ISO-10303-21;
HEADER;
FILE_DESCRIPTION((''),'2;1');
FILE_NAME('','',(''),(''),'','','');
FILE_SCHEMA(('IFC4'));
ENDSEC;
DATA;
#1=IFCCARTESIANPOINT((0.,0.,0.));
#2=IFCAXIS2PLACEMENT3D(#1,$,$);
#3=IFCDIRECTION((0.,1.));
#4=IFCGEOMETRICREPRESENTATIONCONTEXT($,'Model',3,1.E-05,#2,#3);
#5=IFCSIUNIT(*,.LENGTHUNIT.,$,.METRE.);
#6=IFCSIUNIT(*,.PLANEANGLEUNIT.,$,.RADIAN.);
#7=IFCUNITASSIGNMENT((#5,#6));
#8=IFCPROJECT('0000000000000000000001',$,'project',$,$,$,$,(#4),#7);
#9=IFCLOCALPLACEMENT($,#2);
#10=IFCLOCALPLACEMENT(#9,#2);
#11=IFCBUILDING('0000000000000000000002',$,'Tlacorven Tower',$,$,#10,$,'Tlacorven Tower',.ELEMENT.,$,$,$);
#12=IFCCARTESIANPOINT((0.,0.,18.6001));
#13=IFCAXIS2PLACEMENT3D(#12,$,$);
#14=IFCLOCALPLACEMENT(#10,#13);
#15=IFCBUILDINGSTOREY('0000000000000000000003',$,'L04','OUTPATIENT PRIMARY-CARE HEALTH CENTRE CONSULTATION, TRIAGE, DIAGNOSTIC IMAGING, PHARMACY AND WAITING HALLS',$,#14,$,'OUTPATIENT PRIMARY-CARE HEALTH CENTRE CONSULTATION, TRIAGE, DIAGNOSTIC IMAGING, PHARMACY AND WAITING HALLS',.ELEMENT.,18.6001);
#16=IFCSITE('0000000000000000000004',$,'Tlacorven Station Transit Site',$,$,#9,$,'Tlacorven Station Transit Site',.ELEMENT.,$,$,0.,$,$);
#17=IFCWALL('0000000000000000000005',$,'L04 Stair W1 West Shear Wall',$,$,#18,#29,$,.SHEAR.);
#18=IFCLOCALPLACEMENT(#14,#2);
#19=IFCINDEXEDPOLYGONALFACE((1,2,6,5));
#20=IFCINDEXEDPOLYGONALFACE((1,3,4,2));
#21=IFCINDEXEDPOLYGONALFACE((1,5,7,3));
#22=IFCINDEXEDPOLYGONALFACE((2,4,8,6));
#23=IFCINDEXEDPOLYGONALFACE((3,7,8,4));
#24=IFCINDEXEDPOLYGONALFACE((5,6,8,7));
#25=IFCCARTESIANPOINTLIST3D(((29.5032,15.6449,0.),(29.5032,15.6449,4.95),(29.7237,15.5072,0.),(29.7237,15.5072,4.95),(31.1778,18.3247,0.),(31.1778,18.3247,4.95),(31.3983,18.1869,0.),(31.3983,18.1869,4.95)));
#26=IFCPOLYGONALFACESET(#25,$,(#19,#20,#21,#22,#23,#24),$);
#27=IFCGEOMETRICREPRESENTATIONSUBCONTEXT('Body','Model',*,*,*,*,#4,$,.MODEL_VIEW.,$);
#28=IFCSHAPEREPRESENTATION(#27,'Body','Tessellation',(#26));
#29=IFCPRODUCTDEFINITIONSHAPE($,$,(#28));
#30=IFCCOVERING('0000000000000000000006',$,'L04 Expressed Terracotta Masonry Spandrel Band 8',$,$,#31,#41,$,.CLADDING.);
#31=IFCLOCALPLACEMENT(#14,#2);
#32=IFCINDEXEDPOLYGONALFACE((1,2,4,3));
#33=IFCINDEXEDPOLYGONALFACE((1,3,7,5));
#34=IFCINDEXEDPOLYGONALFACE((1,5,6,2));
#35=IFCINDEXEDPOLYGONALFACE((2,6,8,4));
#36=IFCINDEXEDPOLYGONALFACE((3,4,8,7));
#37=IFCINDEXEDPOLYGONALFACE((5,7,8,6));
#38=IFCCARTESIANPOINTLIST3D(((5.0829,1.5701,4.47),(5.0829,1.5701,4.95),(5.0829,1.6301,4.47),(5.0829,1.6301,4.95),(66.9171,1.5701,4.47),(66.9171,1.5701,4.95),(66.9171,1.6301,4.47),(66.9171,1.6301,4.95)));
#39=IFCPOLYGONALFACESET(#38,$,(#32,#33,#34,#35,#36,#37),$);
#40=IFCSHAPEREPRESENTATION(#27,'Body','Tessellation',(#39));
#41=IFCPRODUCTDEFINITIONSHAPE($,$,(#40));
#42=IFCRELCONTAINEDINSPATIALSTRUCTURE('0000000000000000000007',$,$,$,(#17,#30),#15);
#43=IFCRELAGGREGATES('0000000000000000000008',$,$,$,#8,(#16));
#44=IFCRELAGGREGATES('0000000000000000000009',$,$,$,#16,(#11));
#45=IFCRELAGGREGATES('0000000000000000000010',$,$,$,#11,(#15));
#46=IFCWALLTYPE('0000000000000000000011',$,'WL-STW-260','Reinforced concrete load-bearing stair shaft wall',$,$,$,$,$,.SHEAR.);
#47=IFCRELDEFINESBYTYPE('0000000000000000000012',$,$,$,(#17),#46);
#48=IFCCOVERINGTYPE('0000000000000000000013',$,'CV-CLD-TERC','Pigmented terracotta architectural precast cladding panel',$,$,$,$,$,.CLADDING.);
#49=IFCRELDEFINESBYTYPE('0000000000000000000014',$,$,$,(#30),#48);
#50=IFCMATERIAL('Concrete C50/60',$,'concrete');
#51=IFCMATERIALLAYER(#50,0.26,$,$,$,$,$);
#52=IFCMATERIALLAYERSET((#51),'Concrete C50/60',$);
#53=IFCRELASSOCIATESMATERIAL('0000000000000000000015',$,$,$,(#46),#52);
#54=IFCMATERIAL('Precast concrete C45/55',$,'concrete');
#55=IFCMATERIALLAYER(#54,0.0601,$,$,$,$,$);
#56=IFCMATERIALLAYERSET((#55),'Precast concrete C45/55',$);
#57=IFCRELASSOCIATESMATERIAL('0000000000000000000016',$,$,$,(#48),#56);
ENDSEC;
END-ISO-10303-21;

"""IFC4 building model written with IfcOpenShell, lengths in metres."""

from ifc_helpers import new_model, si_unit, direction, frame, frame_2d, origin, origin_2d, place, context, subcontext, project, spatial, rectangle, extrude, source, transform, mapped, material, layer, layer_set, type_object, element, save


model = new_model("IFC4")

# Units and contexts
model_context = context("Model", 3, precision=1e-05, world=origin(), true_north=direction((0.0, 1.0)))
body_context = subcontext(model_context, "Body", "Model", "MODEL_VIEW")
ifc_project = project(units=[si_unit("LENGTHUNIT", "METRE"), si_unit("PLANEANGLEUNIT", "RADIAN")], contexts=[model_context])

# Site, building, storey
site_placement = place(None, origin())
site = spatial("IfcSite", under=ifc_project, at=site_placement, Name="Tlacorven Station Transit Site", LongName="Tlacorven Station Transit Site", CompositionType="ELEMENT", RefElevation=0.0)
building_placement = place(site_placement, origin())
building = spatial("IfcBuilding", under=site, at=building_placement, Name="Tlacorven Tower", LongName="Tlacorven Tower", CompositionType="ELEMENT")
storey_placement = place(building_placement, frame((0.0, 0.0, 18.6001)))
storey = spatial("IfcBuildingStorey", under=building, at=storey_placement, Name="L04", Description="OUTPATIENT PRIMARY-CARE HEALTH CENTRE CONSULTATION, TRIAGE, DIAGNOSTIC IMAGING, PHARMACY AND WAITING HALLS", LongName="OUTPATIENT PRIMARY-CARE HEALTH CENTRE CONSULTATION, TRIAGE, DIAGNOSTIC IMAGING, PHARMACY AND WAITING HALLS", CompositionType="ELEMENT", Elevation=18.6001)

# Shared definitions
ifc_material_1 = material(Name="Concrete C50/60", Category="concrete")
ifc_layer_1 = layer(ifc_material_1, 0.26)
ifc_layer_set_1 = layer_set([ifc_layer_1], Name="Concrete C50/60")
wall_type_1 = type_object("IfcWallType", Name="WL-STW-260", Description="Reinforced concrete load-bearing stair shaft wall", PredefinedType="SHEAR", material=ifc_layer_set_1)

# Wall
wall_1_placement = place(storey_placement, frame((31.2881, 18.2559, 0.0), z_axis=(0.0, 0.0, 1.0), x_axis=(-0.529943, -0.848033, 0.0)))
element("IfcWall", 1, at=wall_1_placement, inside=storey, type_object=wall_type_1, Name="L04 Stair W1 West Shear Wall", PredefinedType="SHEAR", context=body_context, shape_type="SweptSolid", body=[
    extrude(rectangle(XDim=3.1599, YDim=0.26, at=frame_2d((1.5801, 0.0))), origin(), (0.0, 0.0, 1.0), 4.95),
])

# Covering
ifc_material_2 = material(Name="Precast concrete C45/55", Category="concrete")
ifc_layer_2 = layer(ifc_material_2, 0.0601)
ifc_layer_set_2 = layer_set([ifc_layer_2], Name="Precast concrete C45/55")
covering_type = type_object("IfcCoveringType", Name="CV-CLD-TERC", Description="Pigmented terracotta architectural precast cladding panel", PredefinedType="CLADDING", material=ifc_layer_set_2)
shared_shape_1 = source(origin(), body_context, "Body", "SweptSolid", [
    extrude(rectangle(XDim=61.8342, YDim=0.0601, at=origin_2d()), origin(), (0.0, 0.0, 1.0), 0.48),
])
covering_placement = place(storey_placement, frame((36.0, 1.6001, 4.47), z_axis=(0.0, 0.0, 1.0), x_axis=(-1.0, 0.0, 0.0)))
element("IfcCovering", 2, at=covering_placement, inside=storey, type_object=covering_type, Name="L04 Expressed Terracotta Masonry Spandrel Band 8", PredefinedType="CLADDING", context=body_context, shape_type="MappedRepresentation", body=[
    mapped(shared_shape_1, transform((0.0, 0.0, 0.0), scale=1.0)),
])

save(model, "model.ifc")
